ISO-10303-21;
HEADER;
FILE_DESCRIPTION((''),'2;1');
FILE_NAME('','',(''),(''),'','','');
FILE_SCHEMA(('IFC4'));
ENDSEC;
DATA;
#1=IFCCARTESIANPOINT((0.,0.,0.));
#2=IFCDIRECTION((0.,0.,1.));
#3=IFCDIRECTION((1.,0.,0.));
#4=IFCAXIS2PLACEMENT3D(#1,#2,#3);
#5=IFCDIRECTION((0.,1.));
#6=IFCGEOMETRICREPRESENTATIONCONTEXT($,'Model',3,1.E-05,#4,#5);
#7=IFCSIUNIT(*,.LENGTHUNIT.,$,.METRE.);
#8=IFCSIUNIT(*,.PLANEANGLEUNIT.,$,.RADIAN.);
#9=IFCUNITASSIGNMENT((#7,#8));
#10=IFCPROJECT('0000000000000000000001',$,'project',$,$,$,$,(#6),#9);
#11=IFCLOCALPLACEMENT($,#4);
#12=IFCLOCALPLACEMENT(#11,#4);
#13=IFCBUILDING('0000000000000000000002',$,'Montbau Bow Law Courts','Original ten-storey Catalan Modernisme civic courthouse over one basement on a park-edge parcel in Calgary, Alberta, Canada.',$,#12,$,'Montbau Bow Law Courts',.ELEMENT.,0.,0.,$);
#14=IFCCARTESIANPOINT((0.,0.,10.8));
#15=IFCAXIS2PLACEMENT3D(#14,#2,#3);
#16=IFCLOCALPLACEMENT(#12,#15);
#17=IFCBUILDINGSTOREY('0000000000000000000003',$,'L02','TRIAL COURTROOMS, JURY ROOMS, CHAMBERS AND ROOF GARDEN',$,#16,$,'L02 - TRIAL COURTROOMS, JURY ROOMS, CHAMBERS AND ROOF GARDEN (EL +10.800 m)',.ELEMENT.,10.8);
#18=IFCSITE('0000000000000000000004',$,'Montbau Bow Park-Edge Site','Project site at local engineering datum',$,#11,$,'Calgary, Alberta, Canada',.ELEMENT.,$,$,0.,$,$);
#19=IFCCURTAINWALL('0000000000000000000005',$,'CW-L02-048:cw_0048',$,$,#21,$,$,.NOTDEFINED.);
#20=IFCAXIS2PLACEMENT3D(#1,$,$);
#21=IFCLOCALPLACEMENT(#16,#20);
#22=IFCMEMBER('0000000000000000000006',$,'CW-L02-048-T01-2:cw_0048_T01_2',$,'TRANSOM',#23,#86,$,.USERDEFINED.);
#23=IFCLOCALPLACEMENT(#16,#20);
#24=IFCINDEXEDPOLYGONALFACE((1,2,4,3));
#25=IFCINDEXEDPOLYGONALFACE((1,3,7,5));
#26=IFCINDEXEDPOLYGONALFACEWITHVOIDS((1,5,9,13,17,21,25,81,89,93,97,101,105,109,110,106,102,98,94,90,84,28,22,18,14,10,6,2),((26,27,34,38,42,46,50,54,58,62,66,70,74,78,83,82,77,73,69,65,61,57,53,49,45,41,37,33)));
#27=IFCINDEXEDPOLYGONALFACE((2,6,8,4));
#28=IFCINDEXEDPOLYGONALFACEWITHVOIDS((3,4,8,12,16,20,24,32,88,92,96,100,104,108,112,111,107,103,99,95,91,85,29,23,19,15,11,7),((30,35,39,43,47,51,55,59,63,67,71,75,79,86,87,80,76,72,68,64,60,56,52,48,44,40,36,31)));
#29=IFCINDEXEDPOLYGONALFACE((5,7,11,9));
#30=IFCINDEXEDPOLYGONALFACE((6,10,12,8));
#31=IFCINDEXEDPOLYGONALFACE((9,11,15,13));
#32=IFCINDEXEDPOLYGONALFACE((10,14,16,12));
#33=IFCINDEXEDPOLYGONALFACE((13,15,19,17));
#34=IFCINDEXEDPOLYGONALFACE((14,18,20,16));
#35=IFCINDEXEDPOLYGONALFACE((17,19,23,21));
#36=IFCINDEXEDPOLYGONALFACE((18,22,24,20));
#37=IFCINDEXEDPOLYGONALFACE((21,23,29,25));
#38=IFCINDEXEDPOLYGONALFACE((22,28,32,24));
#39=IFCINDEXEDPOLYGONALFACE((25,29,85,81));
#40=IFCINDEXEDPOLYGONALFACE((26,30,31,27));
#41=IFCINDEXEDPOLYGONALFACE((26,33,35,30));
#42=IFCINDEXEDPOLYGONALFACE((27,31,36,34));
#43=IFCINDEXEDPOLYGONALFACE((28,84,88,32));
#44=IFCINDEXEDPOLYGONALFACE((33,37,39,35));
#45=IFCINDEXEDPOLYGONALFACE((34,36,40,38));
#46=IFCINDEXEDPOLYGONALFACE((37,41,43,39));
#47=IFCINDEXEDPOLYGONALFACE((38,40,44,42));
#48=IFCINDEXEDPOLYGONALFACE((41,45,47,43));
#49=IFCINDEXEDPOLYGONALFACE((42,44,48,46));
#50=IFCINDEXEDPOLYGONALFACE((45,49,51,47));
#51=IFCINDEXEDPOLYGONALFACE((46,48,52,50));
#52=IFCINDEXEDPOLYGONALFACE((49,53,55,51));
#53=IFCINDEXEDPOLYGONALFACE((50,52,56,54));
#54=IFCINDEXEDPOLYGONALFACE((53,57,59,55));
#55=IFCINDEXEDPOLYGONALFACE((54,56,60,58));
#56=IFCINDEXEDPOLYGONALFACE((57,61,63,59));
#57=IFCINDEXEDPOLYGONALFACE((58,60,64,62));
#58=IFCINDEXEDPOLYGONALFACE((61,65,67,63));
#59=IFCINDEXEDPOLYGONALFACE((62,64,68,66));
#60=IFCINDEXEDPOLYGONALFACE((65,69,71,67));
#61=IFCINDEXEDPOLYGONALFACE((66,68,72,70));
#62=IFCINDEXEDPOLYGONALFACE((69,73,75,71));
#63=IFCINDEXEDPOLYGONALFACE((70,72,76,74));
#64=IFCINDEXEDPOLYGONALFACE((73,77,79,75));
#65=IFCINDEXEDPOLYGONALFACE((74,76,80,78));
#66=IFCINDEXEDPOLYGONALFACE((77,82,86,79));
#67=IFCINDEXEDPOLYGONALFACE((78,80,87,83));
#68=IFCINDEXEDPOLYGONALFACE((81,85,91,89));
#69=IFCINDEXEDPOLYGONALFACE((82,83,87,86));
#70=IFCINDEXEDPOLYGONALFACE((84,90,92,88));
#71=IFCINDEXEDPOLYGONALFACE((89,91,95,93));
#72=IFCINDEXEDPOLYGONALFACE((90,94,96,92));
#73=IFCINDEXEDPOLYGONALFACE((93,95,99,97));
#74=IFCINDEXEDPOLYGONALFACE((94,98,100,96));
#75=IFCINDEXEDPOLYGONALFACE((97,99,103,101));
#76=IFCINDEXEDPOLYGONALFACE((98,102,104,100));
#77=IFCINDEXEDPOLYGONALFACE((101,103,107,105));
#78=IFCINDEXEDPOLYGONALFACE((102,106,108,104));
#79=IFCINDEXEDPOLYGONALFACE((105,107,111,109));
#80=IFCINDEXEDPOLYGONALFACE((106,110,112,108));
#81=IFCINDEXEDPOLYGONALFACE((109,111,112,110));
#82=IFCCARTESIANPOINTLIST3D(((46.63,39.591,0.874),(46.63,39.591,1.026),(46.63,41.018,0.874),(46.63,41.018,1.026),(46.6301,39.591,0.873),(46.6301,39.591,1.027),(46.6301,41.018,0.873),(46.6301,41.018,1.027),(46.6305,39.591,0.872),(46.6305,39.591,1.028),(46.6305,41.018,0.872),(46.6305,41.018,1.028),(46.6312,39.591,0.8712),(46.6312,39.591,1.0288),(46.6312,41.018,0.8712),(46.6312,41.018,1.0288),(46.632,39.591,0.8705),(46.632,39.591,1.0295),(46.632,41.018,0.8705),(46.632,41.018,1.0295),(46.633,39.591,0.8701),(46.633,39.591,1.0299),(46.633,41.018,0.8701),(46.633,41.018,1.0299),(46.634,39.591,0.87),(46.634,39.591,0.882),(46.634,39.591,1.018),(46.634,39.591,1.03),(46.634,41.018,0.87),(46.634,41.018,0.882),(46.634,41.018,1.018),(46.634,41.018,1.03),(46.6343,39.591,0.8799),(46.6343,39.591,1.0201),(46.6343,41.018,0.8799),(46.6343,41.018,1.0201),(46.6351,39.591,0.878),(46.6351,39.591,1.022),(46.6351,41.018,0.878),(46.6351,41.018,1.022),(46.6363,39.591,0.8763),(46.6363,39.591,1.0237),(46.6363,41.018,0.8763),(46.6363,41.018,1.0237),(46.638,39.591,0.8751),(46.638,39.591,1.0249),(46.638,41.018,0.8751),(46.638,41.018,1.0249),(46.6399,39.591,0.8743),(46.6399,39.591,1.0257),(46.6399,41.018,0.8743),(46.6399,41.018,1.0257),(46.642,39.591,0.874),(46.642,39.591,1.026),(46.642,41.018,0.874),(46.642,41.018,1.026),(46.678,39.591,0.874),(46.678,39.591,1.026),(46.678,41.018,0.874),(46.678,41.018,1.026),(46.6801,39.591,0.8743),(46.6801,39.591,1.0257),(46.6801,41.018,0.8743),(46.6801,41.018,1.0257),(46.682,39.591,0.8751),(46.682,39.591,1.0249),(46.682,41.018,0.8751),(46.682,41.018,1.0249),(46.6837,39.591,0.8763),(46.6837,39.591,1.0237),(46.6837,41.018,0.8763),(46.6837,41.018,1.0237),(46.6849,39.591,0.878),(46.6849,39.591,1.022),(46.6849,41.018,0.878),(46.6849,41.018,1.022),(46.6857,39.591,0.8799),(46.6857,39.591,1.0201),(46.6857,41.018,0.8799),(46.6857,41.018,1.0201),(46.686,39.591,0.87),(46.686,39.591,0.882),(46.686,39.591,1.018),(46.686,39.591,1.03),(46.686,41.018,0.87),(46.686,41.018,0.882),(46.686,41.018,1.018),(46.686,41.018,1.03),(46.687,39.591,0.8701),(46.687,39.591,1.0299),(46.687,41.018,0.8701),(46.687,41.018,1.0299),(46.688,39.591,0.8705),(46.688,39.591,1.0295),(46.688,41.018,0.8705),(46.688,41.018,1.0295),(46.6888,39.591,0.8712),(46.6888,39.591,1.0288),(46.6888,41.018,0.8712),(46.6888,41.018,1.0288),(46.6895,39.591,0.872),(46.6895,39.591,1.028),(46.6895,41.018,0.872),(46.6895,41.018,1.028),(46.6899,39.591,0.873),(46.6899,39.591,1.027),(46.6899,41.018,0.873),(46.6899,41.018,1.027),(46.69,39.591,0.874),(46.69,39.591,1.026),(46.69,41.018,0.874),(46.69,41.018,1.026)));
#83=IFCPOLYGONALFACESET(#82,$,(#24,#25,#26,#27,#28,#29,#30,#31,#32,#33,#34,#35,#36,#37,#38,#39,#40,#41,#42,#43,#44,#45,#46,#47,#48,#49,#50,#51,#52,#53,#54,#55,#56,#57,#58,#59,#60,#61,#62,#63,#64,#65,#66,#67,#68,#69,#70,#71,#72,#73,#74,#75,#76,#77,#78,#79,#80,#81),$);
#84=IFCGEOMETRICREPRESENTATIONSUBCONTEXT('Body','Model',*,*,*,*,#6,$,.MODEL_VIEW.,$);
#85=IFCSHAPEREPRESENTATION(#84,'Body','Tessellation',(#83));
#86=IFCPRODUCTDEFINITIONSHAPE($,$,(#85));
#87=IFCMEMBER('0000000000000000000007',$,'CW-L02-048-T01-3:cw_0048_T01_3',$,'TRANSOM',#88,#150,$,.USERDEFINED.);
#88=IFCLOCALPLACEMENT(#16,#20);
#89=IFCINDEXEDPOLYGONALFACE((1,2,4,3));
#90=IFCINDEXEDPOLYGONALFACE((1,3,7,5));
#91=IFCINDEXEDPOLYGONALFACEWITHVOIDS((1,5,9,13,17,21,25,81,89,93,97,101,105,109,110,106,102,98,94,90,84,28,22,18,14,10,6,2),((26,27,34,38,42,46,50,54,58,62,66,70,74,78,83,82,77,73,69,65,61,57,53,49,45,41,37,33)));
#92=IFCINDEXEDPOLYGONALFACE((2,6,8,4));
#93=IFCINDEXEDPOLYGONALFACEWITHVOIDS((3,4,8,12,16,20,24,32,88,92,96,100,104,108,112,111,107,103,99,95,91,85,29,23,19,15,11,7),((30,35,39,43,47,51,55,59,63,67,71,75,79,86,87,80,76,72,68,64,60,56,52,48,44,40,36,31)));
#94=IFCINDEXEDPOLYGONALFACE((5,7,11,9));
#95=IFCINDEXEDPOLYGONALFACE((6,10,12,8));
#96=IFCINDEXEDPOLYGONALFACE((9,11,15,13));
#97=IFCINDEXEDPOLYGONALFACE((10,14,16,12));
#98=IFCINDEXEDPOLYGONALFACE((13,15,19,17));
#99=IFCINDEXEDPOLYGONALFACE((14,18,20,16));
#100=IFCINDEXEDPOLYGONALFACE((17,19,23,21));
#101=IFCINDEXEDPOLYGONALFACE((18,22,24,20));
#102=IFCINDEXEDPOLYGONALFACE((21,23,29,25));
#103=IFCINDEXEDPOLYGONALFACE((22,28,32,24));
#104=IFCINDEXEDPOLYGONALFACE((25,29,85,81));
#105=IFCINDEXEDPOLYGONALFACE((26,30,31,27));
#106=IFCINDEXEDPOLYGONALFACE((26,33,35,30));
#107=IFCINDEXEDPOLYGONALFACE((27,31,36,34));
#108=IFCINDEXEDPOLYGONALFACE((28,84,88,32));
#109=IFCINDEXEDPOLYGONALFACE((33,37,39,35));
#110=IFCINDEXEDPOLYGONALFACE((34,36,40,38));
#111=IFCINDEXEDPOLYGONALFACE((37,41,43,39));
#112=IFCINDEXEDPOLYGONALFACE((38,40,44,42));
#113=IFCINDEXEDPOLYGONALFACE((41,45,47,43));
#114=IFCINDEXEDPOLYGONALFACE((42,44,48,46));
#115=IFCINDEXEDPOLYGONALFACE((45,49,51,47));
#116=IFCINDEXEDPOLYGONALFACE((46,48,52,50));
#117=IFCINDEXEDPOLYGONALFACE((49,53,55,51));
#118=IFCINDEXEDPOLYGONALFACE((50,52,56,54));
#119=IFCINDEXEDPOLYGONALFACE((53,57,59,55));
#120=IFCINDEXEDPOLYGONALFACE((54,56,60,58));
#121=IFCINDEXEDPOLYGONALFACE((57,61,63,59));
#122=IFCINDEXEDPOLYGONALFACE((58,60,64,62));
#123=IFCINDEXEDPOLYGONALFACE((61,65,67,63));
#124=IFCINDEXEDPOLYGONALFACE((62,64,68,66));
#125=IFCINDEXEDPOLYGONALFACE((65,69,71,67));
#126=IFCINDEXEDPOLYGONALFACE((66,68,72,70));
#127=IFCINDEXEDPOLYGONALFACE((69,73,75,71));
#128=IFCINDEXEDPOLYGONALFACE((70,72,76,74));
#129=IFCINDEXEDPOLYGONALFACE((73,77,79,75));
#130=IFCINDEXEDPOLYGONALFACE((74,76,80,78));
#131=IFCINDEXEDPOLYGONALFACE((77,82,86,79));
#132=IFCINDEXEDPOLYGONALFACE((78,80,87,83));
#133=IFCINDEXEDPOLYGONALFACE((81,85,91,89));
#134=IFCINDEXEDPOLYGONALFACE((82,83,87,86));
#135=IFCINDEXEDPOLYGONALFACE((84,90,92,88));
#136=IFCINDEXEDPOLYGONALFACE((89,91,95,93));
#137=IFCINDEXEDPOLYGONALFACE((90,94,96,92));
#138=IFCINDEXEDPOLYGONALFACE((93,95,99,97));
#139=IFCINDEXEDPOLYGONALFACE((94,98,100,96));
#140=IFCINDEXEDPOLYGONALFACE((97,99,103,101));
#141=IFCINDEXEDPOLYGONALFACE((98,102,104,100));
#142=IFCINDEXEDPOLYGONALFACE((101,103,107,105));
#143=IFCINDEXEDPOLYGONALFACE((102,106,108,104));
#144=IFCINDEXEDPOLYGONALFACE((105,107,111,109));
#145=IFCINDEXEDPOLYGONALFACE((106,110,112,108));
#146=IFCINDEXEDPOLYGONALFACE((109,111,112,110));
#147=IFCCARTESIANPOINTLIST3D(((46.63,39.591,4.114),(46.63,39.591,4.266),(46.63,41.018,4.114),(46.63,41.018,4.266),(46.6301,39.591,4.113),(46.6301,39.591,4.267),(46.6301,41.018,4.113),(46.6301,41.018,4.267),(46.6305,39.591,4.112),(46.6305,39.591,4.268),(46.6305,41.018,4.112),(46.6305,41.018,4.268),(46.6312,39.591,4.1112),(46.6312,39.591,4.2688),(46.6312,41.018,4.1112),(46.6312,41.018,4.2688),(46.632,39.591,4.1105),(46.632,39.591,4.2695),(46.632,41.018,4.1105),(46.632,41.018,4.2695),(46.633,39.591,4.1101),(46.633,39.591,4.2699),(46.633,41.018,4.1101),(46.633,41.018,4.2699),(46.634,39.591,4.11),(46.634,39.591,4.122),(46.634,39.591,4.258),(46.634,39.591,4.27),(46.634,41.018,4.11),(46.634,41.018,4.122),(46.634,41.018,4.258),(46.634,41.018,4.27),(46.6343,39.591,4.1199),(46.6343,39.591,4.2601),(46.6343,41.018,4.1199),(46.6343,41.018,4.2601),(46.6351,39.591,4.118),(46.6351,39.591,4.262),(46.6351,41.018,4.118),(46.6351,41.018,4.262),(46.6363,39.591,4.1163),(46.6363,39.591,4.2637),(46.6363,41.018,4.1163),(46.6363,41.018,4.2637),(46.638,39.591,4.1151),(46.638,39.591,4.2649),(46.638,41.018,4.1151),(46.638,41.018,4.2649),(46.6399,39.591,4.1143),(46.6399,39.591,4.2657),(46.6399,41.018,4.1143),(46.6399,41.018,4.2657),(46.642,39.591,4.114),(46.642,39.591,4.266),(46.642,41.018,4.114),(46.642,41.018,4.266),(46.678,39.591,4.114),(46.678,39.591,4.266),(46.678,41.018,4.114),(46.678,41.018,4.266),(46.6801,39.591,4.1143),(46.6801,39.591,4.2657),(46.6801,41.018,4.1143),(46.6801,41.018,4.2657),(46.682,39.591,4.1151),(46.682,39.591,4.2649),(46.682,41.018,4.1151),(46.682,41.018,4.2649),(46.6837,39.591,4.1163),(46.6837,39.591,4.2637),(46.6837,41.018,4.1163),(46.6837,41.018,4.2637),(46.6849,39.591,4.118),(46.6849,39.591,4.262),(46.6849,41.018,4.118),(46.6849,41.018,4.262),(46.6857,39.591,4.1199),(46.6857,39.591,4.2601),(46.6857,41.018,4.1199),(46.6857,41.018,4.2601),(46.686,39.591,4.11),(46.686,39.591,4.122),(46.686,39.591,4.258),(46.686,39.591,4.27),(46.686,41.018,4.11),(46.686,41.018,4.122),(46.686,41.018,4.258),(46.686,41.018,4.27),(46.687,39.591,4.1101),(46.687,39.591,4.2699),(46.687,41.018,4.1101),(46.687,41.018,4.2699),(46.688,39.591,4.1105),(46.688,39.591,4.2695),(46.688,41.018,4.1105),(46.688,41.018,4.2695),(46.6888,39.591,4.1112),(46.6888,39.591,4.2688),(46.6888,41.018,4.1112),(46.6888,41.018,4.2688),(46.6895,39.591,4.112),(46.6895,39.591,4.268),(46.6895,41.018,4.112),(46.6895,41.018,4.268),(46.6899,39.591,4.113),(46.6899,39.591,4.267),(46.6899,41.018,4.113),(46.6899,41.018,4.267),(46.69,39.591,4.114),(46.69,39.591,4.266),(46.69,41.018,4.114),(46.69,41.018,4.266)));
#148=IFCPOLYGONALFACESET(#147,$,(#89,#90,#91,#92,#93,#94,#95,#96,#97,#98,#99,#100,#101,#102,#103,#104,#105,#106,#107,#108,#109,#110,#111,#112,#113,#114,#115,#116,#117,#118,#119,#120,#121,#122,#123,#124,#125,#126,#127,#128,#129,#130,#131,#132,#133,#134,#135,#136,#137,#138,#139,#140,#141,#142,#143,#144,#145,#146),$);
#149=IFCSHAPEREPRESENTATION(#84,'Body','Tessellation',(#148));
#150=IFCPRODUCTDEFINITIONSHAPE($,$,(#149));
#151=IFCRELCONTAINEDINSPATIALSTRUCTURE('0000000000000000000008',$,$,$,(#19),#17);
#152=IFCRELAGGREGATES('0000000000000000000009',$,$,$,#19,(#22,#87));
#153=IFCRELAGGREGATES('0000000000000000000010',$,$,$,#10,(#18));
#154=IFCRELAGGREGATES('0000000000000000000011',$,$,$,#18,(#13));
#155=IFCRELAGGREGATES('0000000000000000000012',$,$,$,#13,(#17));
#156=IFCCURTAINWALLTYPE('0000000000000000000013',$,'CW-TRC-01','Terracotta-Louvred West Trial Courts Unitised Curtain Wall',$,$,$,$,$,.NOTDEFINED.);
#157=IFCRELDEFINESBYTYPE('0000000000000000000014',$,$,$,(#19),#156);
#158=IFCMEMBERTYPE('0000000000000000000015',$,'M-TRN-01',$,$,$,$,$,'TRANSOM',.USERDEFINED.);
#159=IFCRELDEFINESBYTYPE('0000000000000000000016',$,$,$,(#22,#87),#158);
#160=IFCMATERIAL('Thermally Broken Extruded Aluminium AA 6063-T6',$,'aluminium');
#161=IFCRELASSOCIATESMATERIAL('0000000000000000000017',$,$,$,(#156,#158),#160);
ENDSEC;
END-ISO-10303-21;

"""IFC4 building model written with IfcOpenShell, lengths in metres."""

from ifc_helpers import new_model, si_unit, direction, frame, origin_with_axes, origin_2d_with_axis, place, context, subcontext, project, spatial, hollow_rectangle, extrude, material, material_profile, profile_set, type_object, element, aggregate, save


model = new_model("IFC4")

# Units and contexts
model_context = context("Model", 3, precision=1e-05, world=origin_with_axes(), true_north=direction((0.0, 1.0)))
body_context = subcontext(model_context, "Body", "Model", "MODEL_VIEW")
ifc_project = project(units=[si_unit("LENGTHUNIT", "METRE"), si_unit("PLANEANGLEUNIT", "RADIAN")], contexts=[model_context])

# Site, building, storey
site_placement = place(None, origin_with_axes())
site = spatial("IfcSite", under=ifc_project, at=site_placement, Name="Montbau Bow Park-Edge Site", Description="Project site at local engineering datum", LongName="Calgary, Alberta, Canada", CompositionType="ELEMENT", RefElevation=0.0)
building_placement = place(site_placement, origin_with_axes())
building = spatial("IfcBuilding", under=site, at=building_placement, Name="Montbau Bow Law Courts", Description="Original ten-storey Catalan Modernisme civic courthouse over one basement on a park-edge parcel in Calgary, Alberta, Canada.", LongName="Montbau Bow Law Courts", CompositionType="ELEMENT", ElevationOfRefHeight=0.0, ElevationOfTerrain=0.0)
storey_placement = place(building_placement, frame((0.0, 0.0, 10.8), z_axis=(0.0, 0.0, 1.0), x_axis=(1.0, 0.0, 0.0)))
storey = spatial("IfcBuildingStorey", under=building, at=storey_placement, Name="L02", Description="TRIAL COURTROOMS, JURY ROOMS, CHAMBERS AND ROOF GARDEN", LongName="L02 - TRIAL COURTROOMS, JURY ROOMS, CHAMBERS AND ROOF GARDEN (EL +10.800 m)", CompositionType="ELEMENT", Elevation=10.8)

# Curtain wall
ifc_material_1 = material(Name="Thermally Broken Extruded Aluminium AA 6063-T6", Category="aluminium")
curtain_wall_type_1 = type_object("IfcCurtainWallType", Name="CW-TRC-01", Description="Terracotta-Louvred West Trial Courts Unitised Curtain Wall", PredefinedType="NOTDEFINED", material=ifc_material_1)
curtain_wall_1_placement = place(None, frame((46.66, 39.515, 10.8), z_axis=(0.0, 0.0, 1.0), x_axis=(1.0, 0.0, 0.0)))
curtain_wall_1 = element("IfcCurtainWall", 1, at=curtain_wall_1_placement, inside=storey, type_object=curtain_wall_type_1, Name="CW-L02-048:cw_0048", PredefinedType="NOTDEFINED")

# Members
ifc_material_profile_1 = material_profile(ifc_material_1, hollow_rectangle(XDim=0.06, YDim=0.16, WallThickness=0.004, InnerFilletRadius=0.008, OuterFilletRadius=0.004, at=origin_2d_with_axis()), Name="CWT-160X60", Category="Main", Priority=0)
ifc_profile_set_1 = profile_set([ifc_material_profile_1], Name="Thermally Broken Extruded Aluminium AA 6063-T6")
member_type_1 = type_object("IfcMemberType", Name="M-TRN-01", ElementType="TRANSOM", PredefinedType="USERDEFINED", material=ifc_profile_set_1)
member_1_placement = place(None, frame((46.66, 39.591, 11.75), z_axis=(0.0, 1.0, 0.0), x_axis=(-1.0, 0.0, 0.0)))
member_1 = element("IfcMember", 2, at=member_1_placement, type_object=member_type_1, Name="CW-L02-048-T01-2:cw_0048_T01_2", ObjectType="TRANSOM", PredefinedType="USERDEFINED", context=body_context, shape_type="SweptSolid", body=[
    extrude(hollow_rectangle(XDim=0.06, YDim=0.16, WallThickness=0.004, InnerFilletRadius=0.008, OuterFilletRadius=0.004, at=origin_2d_with_axis()), origin_with_axes(), (0.0, 0.0, 1.0), 1.427),
])
member_2_placement = place(None, frame((46.66, 39.591, 14.99), z_axis=(0.0, 1.0, 0.0), x_axis=(-1.0, 0.0, 0.0)))
member_2 = element("IfcMember", 3, at=member_2_placement, type_object=member_type_1, Name="CW-L02-048-T01-3:cw_0048_T01_3", ObjectType="TRANSOM", PredefinedType="USERDEFINED", context=body_context, shape_type="SweptSolid", body=[
    extrude(hollow_rectangle(XDim=0.06, YDim=0.16, WallThickness=0.004, InnerFilletRadius=0.008, OuterFilletRadius=0.004, at=origin_2d_with_axis()), origin_with_axes(), (0.0, 0.0, 1.0), 1.427),
])

aggregate(curtain_wall_1, [member_1, member_2])

save(model, "model.ifc")
